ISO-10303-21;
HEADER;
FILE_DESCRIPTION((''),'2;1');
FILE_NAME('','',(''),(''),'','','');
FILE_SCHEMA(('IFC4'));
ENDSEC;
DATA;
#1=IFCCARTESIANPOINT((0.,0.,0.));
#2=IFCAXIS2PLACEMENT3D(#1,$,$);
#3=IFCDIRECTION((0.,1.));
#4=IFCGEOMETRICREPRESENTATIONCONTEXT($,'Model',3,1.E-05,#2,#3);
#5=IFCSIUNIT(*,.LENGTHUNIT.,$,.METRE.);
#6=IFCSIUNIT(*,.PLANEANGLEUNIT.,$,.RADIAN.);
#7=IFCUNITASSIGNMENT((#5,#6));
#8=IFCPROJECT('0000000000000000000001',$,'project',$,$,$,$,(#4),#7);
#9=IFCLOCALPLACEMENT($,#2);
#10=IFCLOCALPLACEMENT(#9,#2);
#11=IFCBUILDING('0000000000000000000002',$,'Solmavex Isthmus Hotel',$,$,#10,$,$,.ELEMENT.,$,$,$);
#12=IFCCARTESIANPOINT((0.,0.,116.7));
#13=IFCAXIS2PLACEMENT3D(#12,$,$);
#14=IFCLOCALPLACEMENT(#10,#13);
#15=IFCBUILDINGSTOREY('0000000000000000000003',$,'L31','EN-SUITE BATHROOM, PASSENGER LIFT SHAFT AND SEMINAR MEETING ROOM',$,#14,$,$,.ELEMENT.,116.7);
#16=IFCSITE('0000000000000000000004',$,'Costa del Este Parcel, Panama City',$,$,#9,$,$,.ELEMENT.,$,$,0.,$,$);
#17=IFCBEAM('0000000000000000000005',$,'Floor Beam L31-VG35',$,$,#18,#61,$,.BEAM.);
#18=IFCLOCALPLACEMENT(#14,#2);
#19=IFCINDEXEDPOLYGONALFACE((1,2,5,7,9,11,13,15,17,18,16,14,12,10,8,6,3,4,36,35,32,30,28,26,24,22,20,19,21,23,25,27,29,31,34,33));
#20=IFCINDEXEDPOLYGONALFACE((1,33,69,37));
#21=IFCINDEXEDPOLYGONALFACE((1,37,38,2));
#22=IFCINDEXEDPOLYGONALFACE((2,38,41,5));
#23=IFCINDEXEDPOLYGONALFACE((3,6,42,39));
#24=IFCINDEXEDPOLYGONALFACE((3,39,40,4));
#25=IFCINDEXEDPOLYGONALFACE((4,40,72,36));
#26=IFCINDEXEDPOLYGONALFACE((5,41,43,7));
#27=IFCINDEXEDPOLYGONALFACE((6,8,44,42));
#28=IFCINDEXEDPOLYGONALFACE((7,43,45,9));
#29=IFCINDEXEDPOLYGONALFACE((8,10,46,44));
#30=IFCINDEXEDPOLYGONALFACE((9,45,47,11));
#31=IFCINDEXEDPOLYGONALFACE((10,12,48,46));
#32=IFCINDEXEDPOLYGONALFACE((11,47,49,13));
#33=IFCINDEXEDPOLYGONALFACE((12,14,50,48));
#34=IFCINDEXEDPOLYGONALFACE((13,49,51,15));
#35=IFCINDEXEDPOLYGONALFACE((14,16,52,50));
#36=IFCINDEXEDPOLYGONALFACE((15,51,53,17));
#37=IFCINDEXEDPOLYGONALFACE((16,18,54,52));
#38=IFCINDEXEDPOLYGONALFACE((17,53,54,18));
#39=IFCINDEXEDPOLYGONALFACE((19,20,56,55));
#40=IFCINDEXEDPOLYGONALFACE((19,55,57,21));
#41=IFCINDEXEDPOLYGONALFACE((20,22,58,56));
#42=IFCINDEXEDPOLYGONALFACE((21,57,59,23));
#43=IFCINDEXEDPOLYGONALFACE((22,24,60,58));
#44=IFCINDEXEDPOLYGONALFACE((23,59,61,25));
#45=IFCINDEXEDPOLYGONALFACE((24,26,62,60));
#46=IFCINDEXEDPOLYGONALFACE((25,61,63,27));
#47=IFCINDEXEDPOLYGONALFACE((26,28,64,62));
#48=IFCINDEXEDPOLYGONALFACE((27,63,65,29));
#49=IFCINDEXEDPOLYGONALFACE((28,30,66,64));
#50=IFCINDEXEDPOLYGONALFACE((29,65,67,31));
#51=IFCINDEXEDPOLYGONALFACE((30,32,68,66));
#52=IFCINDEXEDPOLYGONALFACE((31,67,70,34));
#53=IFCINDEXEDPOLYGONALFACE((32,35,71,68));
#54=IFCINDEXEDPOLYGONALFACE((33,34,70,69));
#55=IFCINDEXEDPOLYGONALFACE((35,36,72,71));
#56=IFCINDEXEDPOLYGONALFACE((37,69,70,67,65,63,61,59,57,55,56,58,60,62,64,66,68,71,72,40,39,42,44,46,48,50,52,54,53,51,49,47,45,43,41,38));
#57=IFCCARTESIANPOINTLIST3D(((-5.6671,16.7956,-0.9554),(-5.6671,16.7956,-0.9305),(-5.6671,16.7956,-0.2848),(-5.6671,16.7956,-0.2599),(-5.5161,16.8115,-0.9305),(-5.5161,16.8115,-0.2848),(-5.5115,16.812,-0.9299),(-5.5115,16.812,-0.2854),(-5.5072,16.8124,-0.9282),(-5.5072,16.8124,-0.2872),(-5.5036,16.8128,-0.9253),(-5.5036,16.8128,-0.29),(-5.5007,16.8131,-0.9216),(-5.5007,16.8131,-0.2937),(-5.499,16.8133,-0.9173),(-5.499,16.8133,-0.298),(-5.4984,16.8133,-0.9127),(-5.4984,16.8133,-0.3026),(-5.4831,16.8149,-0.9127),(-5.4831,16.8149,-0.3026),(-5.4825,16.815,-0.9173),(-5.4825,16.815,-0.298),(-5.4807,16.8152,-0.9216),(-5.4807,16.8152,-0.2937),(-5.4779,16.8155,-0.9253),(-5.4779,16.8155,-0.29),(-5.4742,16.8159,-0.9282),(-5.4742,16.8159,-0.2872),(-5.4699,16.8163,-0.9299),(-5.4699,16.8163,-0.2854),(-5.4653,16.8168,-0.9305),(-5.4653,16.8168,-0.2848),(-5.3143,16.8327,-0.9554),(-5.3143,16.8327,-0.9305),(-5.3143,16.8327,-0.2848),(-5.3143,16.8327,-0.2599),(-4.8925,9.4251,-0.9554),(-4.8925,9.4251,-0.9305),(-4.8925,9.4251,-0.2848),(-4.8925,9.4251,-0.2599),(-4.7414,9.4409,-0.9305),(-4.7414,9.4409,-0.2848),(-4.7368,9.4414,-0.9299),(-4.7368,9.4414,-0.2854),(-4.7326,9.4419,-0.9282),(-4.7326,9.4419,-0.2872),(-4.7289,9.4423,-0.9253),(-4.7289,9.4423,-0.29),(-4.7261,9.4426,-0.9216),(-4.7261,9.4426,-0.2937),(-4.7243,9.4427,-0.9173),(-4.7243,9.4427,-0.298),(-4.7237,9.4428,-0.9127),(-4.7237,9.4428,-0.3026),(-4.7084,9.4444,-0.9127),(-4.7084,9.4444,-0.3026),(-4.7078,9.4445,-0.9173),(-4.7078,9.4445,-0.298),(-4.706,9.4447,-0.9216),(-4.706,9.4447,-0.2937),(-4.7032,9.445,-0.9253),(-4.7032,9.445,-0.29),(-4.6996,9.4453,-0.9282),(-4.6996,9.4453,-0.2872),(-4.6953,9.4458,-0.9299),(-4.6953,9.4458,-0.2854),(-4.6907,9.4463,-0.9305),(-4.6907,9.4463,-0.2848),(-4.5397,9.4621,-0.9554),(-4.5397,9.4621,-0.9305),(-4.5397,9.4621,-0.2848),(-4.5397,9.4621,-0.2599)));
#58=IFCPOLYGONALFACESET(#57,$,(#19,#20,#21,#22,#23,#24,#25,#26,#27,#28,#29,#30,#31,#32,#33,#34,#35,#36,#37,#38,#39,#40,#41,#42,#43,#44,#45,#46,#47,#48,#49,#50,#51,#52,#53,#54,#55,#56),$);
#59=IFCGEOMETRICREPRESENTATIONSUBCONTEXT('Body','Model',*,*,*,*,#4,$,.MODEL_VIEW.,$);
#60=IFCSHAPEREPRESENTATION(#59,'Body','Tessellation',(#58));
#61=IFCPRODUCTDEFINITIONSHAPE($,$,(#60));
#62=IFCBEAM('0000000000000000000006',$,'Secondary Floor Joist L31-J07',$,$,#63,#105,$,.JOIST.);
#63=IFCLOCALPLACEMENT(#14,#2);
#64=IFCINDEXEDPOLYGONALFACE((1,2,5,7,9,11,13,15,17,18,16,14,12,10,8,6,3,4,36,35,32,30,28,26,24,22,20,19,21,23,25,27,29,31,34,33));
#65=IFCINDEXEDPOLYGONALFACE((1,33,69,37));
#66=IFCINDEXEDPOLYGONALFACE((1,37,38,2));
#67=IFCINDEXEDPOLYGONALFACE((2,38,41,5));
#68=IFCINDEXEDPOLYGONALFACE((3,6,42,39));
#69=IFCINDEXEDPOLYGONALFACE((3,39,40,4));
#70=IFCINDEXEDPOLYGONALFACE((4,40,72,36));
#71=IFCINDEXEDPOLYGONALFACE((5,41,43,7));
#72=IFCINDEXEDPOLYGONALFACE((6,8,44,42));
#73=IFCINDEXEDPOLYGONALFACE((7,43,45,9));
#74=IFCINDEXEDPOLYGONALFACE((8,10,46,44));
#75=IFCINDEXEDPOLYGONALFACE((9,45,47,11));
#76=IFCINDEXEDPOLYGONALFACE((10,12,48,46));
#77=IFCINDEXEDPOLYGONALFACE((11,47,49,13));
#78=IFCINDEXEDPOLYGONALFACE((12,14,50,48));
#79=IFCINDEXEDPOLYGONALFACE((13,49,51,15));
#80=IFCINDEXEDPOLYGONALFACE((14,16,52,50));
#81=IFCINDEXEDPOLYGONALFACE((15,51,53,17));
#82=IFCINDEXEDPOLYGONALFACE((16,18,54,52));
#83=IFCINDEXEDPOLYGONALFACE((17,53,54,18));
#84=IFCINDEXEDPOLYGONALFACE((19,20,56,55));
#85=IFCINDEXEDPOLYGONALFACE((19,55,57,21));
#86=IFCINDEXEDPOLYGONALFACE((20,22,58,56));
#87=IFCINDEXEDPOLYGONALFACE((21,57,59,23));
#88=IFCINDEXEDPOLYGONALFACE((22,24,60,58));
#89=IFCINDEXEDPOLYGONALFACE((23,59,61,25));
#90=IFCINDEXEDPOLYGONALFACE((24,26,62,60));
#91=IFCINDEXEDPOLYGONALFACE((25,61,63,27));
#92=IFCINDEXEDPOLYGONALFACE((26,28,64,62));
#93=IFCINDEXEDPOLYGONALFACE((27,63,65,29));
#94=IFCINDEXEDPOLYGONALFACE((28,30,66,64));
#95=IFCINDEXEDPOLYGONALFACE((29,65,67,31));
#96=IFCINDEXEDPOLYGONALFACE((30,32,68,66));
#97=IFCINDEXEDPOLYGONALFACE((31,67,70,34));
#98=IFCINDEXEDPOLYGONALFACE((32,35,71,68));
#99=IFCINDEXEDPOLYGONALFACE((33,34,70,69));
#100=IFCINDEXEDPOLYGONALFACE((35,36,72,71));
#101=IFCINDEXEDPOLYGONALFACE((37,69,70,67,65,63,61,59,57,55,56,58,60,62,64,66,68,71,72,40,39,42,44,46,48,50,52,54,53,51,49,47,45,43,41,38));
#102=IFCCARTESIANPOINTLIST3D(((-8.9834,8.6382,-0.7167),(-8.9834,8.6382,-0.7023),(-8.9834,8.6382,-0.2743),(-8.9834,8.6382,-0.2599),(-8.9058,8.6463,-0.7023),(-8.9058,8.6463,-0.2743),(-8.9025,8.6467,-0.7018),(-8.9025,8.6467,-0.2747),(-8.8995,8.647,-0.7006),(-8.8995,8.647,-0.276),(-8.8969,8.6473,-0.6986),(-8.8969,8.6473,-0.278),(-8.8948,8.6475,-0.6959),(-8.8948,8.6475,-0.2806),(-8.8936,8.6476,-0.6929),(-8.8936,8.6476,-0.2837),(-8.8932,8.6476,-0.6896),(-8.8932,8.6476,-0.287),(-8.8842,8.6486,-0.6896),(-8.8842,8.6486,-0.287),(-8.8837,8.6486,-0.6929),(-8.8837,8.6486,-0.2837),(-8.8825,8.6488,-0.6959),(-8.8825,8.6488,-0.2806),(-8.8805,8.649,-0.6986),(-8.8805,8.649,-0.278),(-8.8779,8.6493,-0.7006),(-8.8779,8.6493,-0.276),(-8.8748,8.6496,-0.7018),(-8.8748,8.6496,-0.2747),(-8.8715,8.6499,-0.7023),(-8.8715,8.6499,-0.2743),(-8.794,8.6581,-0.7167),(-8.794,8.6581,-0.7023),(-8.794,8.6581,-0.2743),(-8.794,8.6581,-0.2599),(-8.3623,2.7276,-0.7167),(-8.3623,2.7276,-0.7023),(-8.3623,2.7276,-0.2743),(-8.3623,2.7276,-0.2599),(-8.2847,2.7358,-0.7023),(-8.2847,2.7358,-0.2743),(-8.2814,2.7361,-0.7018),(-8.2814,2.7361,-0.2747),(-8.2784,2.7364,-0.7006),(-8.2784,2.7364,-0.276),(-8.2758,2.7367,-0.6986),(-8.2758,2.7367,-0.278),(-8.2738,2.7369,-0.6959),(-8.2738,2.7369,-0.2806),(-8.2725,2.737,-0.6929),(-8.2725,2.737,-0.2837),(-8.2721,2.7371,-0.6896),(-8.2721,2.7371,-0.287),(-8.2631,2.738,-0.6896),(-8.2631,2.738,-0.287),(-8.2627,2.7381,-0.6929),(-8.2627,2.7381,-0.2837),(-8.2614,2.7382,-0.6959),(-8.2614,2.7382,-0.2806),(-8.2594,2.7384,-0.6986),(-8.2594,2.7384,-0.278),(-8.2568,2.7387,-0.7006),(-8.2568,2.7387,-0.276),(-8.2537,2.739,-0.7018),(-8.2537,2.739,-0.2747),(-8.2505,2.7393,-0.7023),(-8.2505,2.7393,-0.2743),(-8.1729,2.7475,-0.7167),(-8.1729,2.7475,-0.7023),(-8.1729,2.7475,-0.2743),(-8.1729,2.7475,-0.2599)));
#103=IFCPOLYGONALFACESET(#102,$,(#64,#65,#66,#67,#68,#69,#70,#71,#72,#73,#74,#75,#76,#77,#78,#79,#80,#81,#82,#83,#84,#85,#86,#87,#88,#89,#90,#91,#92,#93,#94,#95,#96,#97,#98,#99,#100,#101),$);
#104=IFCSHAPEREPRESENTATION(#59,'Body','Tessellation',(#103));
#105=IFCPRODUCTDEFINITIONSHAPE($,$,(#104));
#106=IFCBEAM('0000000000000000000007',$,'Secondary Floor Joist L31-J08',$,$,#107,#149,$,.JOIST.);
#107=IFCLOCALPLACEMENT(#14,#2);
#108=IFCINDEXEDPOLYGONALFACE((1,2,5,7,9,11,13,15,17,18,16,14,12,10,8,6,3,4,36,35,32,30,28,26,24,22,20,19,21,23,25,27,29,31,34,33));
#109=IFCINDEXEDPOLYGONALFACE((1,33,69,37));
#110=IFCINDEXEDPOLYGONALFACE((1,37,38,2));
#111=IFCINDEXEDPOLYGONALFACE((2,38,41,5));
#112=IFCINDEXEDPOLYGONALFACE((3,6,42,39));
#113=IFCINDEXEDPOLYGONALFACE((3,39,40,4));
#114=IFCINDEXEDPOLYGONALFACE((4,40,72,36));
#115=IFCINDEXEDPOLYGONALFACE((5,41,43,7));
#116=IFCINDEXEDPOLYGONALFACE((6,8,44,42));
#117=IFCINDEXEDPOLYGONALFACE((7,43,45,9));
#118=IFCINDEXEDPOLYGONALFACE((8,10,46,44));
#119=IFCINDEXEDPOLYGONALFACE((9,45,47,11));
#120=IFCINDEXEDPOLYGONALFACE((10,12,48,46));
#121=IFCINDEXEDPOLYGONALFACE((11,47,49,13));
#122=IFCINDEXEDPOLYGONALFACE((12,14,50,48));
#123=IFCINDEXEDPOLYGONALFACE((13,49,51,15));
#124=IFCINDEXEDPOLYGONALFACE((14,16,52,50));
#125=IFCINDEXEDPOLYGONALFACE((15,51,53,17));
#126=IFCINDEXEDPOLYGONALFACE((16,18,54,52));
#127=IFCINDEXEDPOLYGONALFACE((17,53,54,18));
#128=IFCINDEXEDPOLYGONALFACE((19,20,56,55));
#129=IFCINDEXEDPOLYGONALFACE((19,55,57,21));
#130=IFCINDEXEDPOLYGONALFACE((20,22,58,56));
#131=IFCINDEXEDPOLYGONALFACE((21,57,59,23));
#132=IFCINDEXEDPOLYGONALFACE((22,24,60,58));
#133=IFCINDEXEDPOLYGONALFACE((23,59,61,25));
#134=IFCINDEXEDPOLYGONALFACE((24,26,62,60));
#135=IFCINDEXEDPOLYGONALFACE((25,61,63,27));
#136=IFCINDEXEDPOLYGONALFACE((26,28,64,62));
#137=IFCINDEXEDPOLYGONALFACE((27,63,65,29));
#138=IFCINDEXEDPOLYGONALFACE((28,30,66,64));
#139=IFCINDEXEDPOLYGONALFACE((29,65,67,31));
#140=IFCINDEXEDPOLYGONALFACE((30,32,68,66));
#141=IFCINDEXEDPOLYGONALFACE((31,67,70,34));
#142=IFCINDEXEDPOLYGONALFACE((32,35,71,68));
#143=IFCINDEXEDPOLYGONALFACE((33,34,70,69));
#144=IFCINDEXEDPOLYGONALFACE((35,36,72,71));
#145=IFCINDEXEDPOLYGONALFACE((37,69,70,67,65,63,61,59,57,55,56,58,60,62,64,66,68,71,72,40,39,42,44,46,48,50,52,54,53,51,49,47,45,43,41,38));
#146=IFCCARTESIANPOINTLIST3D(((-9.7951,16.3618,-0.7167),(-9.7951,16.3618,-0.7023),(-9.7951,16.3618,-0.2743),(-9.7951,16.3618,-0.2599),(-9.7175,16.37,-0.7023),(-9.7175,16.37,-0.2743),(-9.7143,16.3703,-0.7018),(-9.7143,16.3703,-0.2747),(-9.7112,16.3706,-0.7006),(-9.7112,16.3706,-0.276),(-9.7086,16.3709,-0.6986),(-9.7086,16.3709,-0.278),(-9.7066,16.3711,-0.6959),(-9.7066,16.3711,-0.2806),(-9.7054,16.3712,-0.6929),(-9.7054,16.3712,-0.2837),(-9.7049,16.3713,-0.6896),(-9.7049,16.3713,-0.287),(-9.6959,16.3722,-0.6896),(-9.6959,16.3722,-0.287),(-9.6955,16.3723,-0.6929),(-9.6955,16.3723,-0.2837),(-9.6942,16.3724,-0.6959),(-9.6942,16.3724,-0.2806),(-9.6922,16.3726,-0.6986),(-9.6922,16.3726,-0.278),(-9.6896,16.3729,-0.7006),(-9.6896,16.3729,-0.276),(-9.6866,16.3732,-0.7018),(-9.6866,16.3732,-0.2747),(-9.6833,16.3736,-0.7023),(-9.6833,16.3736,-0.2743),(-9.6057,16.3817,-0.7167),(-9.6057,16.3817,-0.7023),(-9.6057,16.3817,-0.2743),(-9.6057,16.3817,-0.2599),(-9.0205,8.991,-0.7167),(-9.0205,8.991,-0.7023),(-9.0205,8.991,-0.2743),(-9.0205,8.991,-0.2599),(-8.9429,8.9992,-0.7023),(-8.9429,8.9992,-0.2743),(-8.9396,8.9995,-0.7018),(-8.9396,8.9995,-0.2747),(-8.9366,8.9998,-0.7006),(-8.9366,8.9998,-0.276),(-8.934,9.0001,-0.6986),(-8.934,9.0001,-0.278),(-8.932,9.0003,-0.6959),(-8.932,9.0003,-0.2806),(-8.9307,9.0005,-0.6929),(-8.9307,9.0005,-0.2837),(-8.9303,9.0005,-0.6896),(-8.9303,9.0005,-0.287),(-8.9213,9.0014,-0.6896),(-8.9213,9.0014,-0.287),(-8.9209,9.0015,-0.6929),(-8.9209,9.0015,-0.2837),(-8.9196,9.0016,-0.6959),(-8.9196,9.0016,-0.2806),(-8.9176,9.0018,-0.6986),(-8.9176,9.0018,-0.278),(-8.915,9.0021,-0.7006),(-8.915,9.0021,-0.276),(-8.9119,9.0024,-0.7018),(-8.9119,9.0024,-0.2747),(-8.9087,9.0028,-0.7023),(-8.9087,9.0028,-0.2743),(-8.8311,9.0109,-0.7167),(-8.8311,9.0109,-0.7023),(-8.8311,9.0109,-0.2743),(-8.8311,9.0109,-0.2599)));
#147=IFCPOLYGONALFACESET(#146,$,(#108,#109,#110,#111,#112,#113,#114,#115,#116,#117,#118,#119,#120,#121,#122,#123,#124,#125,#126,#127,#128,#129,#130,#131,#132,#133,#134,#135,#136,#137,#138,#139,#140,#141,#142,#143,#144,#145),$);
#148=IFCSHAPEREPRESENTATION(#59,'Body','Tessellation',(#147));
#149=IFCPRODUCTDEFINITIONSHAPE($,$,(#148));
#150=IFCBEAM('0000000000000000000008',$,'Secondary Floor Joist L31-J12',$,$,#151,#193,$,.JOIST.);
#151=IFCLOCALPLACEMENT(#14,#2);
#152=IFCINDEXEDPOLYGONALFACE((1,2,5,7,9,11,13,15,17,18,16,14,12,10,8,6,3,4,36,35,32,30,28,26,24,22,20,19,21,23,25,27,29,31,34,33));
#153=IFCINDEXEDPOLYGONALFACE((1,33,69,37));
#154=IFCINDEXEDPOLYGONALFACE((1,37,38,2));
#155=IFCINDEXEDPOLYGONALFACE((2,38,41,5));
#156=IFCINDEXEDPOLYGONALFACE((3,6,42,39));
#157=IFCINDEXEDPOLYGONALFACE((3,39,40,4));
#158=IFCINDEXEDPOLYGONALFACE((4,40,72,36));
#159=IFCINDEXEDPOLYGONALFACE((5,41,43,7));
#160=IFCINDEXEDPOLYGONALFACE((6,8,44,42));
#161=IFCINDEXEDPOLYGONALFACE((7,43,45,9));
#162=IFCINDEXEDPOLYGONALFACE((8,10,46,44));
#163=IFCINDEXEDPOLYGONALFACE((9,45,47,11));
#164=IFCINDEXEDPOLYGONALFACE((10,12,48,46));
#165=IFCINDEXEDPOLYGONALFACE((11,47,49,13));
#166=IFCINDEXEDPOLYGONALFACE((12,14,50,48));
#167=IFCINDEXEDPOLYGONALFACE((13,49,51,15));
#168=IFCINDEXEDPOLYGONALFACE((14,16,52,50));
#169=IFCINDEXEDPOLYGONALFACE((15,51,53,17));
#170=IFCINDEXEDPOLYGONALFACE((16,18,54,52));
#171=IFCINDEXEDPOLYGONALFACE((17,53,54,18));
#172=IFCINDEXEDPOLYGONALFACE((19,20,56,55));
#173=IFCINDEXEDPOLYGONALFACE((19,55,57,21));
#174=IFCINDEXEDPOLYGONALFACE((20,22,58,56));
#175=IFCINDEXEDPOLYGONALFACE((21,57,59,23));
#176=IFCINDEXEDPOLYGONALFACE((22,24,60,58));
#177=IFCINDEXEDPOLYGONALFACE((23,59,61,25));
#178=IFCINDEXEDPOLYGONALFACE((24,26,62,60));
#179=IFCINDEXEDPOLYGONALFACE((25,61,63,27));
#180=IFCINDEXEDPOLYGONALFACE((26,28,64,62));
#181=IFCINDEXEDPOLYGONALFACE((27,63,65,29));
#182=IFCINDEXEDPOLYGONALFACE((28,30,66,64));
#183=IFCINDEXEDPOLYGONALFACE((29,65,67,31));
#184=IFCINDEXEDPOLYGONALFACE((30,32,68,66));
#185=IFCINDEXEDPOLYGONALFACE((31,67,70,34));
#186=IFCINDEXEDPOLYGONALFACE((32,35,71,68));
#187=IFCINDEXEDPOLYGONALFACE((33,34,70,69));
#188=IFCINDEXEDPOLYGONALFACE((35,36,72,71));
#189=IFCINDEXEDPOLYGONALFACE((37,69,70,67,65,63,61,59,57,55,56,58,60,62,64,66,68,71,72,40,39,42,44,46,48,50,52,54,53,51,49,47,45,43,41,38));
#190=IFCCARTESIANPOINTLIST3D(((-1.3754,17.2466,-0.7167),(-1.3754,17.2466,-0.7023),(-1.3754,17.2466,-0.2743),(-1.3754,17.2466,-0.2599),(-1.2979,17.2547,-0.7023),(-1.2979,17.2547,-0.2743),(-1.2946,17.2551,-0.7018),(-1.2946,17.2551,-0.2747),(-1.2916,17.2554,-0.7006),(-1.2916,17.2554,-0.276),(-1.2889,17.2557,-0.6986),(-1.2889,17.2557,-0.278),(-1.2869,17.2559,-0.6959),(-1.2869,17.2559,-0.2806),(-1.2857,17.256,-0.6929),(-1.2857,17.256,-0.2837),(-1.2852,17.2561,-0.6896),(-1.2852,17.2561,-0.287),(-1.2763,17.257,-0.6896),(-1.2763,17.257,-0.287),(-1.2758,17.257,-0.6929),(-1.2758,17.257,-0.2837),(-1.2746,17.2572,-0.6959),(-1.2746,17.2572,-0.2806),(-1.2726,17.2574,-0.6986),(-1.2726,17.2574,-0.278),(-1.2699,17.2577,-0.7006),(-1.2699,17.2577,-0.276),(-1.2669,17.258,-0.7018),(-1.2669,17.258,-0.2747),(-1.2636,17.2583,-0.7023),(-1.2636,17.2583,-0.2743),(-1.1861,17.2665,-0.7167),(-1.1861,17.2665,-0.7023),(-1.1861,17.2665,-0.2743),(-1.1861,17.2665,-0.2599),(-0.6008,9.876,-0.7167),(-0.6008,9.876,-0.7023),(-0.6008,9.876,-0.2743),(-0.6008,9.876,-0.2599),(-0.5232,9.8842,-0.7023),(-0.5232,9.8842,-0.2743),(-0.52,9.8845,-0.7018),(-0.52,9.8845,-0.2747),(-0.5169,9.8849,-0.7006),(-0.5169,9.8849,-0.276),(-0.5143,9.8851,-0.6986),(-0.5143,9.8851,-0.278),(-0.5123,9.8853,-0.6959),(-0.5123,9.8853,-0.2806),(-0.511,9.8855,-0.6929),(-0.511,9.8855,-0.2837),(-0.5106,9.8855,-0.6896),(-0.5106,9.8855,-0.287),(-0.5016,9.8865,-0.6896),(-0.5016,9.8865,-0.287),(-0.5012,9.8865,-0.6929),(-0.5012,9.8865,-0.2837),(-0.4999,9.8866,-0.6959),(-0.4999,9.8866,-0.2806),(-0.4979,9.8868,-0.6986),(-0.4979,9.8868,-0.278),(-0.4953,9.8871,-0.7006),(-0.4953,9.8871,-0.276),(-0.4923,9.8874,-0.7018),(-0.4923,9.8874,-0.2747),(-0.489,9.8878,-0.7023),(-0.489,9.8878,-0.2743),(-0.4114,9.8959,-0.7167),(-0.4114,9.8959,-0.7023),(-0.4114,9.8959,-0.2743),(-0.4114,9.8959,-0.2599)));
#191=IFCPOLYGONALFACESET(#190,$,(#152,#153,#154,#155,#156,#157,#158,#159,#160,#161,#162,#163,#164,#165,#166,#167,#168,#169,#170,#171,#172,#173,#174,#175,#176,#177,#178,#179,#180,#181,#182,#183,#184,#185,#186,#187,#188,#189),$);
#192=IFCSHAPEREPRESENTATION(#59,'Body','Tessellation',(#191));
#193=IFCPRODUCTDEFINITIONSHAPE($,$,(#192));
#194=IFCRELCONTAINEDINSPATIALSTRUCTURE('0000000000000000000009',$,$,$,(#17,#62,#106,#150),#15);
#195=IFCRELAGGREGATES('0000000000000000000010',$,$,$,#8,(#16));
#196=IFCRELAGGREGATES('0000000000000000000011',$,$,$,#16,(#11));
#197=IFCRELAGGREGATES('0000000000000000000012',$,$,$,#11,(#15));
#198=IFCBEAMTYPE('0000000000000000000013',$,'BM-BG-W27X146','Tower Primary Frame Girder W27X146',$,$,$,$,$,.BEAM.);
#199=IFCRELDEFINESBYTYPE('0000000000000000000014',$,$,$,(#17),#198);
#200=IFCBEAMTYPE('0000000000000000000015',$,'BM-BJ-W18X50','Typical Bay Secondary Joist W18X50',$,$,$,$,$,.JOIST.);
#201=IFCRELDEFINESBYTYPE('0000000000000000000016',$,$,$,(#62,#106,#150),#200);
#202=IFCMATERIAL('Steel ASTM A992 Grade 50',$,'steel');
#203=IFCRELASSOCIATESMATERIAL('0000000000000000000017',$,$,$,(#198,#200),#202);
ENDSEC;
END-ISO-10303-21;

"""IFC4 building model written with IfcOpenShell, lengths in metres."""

from ifc_helpers import new_model, si_unit, direction, frame, origin, origin_2d, place, context, subcontext, project, spatial, i_section, extrude, material, material_profile, profile_set, type_object, element, save


model = new_model("IFC4")

# Units and contexts
model_context = context("Model", 3, precision=1e-05, world=origin(), true_north=direction((0.0, 1.0)))
body_context = subcontext(model_context, "Body", "Model", "MODEL_VIEW")
ifc_project = project(units=[si_unit("LENGTHUNIT", "METRE"), si_unit("PLANEANGLEUNIT", "RADIAN")], contexts=[model_context])

# Site, building, storey
site_placement = place(None, origin())
site = spatial("IfcSite", under=ifc_project, at=site_placement, Name="Costa del Este Parcel, Panama City", CompositionType="ELEMENT", RefElevation=0.0)
building_placement = place(site_placement, origin())
building = spatial("IfcBuilding", under=site, at=building_placement, Name="Solmavex Isthmus Hotel", CompositionType="ELEMENT")
storey_placement = place(building_placement, frame((0.0, 0.0, 116.7)))
storey = spatial("IfcBuildingStorey", under=building, at=storey_placement, Name="L31", Description="EN-SUITE BATHROOM, PASSENGER LIFT SHAFT AND SEMINAR MEETING ROOM", CompositionType="ELEMENT", Elevation=116.7)

# Beams
ifc_material_1 = material(Name="Steel ASTM A992 Grade 50", Category="steel")
ifc_material_profile_1 = material_profile(ifc_material_1, i_section(OverallWidth=0.3547, OverallDepth=0.6956, WebThickness=0.0154, FlangeThickness=0.0249, FilletRadius=0.0178, at=origin_2d()), Name="W27X146")
ifc_profile_set_1 = profile_set([ifc_material_profile_1], Name="Steel ASTM A992 Grade 50")
beam_type_1 = type_object("IfcBeamType", Name="BM-BG-W27X146", Description="Tower Primary Frame Girder W27X146", PredefinedType="BEAM", material=ifc_profile_set_1)
beam_1_placement = place(storey_placement, frame((-4.7161, 9.4436, -0.6077), z_axis=(-0.104525, 0.994522, 0.0), x_axis=(-0.994522, -0.104525, 0.0)))
element("IfcBeam", 1, at=beam_1_placement, inside=storey, type_object=beam_type_1, Name="Floor Beam L31-VG35", PredefinedType="BEAM", context=body_context, shape_type="SweptSolid", body=[
    extrude(i_section(OverallWidth=0.3547, OverallDepth=0.6956, WebThickness=0.0154, FlangeThickness=0.0249, FilletRadius=0.0178, at=origin_2d()), origin(), (0.0, 0.0, 1.0), 7.4111),
])
ifc_material_profile_2 = material_profile(ifc_material_1, i_section(OverallWidth=0.1904, OverallDepth=0.4568, WebThickness=0.009, FlangeThickness=0.0144, FilletRadius=0.0127, at=origin_2d()), Name="W18X50")
ifc_profile_set_2 = profile_set([ifc_material_profile_2], Name="Steel ASTM A992 Grade 50")
beam_type_2 = type_object("IfcBeamType", Name="BM-BJ-W18X50", Description="Typical Bay Secondary Joist W18X50", PredefinedType="JOIST", material=ifc_profile_set_2)
beam_2_placement = place(storey_placement, frame((-8.2676, 2.7375, -0.4883), z_axis=(-0.104505, 0.994524, 0.0), x_axis=(-0.994524, -0.104505, 0.0)))
element("IfcBeam", 2, at=beam_2_placement, inside=storey, type_object=beam_type_2, Name="Secondary Floor Joist L31-J07", PredefinedType="JOIST", context=body_context, shape_type="SweptSolid", body=[
    extrude(i_section(OverallWidth=0.1904, OverallDepth=0.4568, WebThickness=0.009, FlangeThickness=0.0144, FilletRadius=0.0127, at=origin_2d()), origin(), (0.0, 0.0, 1.0), 5.9431),
])
beam_3_placement = place(storey_placement, frame((-8.9258, 9.001, -0.4883), z_axis=(-0.104522, 0.994523, 0.0), x_axis=(-0.994523, -0.104522, 0.0)))
element("IfcBeam", 3, at=beam_3_placement, inside=storey, type_object=beam_type_2, Name="Secondary Floor Joist L31-J08", PredefinedType="JOIST", context=body_context, shape_type="SweptSolid", body=[
    extrude(i_section(OverallWidth=0.1904, OverallDepth=0.4568, WebThickness=0.009, FlangeThickness=0.0144, FilletRadius=0.0127, at=origin_2d()), origin(), (0.0, 0.0, 1.0), 7.4114),
])
beam_4_placement = place(storey_placement, frame((-0.5061, 9.886, -0.4883), z_axis=(-0.104525, 0.994522, 0.0), x_axis=(-0.994522, -0.104525, 0.0)))
element("IfcBeam", 4, at=beam_4_placement, inside=storey, type_object=beam_type_2, Name="Secondary Floor Joist L31-J12", PredefinedType="JOIST", context=body_context, shape_type="SweptSolid", body=[
    extrude(i_section(OverallWidth=0.1904, OverallDepth=0.4568, WebThickness=0.009, FlangeThickness=0.0144, FilletRadius=0.0127, at=origin_2d()), origin(), (0.0, 0.0, 1.0), 7.4111),
])

save(model, "model.ifc")
